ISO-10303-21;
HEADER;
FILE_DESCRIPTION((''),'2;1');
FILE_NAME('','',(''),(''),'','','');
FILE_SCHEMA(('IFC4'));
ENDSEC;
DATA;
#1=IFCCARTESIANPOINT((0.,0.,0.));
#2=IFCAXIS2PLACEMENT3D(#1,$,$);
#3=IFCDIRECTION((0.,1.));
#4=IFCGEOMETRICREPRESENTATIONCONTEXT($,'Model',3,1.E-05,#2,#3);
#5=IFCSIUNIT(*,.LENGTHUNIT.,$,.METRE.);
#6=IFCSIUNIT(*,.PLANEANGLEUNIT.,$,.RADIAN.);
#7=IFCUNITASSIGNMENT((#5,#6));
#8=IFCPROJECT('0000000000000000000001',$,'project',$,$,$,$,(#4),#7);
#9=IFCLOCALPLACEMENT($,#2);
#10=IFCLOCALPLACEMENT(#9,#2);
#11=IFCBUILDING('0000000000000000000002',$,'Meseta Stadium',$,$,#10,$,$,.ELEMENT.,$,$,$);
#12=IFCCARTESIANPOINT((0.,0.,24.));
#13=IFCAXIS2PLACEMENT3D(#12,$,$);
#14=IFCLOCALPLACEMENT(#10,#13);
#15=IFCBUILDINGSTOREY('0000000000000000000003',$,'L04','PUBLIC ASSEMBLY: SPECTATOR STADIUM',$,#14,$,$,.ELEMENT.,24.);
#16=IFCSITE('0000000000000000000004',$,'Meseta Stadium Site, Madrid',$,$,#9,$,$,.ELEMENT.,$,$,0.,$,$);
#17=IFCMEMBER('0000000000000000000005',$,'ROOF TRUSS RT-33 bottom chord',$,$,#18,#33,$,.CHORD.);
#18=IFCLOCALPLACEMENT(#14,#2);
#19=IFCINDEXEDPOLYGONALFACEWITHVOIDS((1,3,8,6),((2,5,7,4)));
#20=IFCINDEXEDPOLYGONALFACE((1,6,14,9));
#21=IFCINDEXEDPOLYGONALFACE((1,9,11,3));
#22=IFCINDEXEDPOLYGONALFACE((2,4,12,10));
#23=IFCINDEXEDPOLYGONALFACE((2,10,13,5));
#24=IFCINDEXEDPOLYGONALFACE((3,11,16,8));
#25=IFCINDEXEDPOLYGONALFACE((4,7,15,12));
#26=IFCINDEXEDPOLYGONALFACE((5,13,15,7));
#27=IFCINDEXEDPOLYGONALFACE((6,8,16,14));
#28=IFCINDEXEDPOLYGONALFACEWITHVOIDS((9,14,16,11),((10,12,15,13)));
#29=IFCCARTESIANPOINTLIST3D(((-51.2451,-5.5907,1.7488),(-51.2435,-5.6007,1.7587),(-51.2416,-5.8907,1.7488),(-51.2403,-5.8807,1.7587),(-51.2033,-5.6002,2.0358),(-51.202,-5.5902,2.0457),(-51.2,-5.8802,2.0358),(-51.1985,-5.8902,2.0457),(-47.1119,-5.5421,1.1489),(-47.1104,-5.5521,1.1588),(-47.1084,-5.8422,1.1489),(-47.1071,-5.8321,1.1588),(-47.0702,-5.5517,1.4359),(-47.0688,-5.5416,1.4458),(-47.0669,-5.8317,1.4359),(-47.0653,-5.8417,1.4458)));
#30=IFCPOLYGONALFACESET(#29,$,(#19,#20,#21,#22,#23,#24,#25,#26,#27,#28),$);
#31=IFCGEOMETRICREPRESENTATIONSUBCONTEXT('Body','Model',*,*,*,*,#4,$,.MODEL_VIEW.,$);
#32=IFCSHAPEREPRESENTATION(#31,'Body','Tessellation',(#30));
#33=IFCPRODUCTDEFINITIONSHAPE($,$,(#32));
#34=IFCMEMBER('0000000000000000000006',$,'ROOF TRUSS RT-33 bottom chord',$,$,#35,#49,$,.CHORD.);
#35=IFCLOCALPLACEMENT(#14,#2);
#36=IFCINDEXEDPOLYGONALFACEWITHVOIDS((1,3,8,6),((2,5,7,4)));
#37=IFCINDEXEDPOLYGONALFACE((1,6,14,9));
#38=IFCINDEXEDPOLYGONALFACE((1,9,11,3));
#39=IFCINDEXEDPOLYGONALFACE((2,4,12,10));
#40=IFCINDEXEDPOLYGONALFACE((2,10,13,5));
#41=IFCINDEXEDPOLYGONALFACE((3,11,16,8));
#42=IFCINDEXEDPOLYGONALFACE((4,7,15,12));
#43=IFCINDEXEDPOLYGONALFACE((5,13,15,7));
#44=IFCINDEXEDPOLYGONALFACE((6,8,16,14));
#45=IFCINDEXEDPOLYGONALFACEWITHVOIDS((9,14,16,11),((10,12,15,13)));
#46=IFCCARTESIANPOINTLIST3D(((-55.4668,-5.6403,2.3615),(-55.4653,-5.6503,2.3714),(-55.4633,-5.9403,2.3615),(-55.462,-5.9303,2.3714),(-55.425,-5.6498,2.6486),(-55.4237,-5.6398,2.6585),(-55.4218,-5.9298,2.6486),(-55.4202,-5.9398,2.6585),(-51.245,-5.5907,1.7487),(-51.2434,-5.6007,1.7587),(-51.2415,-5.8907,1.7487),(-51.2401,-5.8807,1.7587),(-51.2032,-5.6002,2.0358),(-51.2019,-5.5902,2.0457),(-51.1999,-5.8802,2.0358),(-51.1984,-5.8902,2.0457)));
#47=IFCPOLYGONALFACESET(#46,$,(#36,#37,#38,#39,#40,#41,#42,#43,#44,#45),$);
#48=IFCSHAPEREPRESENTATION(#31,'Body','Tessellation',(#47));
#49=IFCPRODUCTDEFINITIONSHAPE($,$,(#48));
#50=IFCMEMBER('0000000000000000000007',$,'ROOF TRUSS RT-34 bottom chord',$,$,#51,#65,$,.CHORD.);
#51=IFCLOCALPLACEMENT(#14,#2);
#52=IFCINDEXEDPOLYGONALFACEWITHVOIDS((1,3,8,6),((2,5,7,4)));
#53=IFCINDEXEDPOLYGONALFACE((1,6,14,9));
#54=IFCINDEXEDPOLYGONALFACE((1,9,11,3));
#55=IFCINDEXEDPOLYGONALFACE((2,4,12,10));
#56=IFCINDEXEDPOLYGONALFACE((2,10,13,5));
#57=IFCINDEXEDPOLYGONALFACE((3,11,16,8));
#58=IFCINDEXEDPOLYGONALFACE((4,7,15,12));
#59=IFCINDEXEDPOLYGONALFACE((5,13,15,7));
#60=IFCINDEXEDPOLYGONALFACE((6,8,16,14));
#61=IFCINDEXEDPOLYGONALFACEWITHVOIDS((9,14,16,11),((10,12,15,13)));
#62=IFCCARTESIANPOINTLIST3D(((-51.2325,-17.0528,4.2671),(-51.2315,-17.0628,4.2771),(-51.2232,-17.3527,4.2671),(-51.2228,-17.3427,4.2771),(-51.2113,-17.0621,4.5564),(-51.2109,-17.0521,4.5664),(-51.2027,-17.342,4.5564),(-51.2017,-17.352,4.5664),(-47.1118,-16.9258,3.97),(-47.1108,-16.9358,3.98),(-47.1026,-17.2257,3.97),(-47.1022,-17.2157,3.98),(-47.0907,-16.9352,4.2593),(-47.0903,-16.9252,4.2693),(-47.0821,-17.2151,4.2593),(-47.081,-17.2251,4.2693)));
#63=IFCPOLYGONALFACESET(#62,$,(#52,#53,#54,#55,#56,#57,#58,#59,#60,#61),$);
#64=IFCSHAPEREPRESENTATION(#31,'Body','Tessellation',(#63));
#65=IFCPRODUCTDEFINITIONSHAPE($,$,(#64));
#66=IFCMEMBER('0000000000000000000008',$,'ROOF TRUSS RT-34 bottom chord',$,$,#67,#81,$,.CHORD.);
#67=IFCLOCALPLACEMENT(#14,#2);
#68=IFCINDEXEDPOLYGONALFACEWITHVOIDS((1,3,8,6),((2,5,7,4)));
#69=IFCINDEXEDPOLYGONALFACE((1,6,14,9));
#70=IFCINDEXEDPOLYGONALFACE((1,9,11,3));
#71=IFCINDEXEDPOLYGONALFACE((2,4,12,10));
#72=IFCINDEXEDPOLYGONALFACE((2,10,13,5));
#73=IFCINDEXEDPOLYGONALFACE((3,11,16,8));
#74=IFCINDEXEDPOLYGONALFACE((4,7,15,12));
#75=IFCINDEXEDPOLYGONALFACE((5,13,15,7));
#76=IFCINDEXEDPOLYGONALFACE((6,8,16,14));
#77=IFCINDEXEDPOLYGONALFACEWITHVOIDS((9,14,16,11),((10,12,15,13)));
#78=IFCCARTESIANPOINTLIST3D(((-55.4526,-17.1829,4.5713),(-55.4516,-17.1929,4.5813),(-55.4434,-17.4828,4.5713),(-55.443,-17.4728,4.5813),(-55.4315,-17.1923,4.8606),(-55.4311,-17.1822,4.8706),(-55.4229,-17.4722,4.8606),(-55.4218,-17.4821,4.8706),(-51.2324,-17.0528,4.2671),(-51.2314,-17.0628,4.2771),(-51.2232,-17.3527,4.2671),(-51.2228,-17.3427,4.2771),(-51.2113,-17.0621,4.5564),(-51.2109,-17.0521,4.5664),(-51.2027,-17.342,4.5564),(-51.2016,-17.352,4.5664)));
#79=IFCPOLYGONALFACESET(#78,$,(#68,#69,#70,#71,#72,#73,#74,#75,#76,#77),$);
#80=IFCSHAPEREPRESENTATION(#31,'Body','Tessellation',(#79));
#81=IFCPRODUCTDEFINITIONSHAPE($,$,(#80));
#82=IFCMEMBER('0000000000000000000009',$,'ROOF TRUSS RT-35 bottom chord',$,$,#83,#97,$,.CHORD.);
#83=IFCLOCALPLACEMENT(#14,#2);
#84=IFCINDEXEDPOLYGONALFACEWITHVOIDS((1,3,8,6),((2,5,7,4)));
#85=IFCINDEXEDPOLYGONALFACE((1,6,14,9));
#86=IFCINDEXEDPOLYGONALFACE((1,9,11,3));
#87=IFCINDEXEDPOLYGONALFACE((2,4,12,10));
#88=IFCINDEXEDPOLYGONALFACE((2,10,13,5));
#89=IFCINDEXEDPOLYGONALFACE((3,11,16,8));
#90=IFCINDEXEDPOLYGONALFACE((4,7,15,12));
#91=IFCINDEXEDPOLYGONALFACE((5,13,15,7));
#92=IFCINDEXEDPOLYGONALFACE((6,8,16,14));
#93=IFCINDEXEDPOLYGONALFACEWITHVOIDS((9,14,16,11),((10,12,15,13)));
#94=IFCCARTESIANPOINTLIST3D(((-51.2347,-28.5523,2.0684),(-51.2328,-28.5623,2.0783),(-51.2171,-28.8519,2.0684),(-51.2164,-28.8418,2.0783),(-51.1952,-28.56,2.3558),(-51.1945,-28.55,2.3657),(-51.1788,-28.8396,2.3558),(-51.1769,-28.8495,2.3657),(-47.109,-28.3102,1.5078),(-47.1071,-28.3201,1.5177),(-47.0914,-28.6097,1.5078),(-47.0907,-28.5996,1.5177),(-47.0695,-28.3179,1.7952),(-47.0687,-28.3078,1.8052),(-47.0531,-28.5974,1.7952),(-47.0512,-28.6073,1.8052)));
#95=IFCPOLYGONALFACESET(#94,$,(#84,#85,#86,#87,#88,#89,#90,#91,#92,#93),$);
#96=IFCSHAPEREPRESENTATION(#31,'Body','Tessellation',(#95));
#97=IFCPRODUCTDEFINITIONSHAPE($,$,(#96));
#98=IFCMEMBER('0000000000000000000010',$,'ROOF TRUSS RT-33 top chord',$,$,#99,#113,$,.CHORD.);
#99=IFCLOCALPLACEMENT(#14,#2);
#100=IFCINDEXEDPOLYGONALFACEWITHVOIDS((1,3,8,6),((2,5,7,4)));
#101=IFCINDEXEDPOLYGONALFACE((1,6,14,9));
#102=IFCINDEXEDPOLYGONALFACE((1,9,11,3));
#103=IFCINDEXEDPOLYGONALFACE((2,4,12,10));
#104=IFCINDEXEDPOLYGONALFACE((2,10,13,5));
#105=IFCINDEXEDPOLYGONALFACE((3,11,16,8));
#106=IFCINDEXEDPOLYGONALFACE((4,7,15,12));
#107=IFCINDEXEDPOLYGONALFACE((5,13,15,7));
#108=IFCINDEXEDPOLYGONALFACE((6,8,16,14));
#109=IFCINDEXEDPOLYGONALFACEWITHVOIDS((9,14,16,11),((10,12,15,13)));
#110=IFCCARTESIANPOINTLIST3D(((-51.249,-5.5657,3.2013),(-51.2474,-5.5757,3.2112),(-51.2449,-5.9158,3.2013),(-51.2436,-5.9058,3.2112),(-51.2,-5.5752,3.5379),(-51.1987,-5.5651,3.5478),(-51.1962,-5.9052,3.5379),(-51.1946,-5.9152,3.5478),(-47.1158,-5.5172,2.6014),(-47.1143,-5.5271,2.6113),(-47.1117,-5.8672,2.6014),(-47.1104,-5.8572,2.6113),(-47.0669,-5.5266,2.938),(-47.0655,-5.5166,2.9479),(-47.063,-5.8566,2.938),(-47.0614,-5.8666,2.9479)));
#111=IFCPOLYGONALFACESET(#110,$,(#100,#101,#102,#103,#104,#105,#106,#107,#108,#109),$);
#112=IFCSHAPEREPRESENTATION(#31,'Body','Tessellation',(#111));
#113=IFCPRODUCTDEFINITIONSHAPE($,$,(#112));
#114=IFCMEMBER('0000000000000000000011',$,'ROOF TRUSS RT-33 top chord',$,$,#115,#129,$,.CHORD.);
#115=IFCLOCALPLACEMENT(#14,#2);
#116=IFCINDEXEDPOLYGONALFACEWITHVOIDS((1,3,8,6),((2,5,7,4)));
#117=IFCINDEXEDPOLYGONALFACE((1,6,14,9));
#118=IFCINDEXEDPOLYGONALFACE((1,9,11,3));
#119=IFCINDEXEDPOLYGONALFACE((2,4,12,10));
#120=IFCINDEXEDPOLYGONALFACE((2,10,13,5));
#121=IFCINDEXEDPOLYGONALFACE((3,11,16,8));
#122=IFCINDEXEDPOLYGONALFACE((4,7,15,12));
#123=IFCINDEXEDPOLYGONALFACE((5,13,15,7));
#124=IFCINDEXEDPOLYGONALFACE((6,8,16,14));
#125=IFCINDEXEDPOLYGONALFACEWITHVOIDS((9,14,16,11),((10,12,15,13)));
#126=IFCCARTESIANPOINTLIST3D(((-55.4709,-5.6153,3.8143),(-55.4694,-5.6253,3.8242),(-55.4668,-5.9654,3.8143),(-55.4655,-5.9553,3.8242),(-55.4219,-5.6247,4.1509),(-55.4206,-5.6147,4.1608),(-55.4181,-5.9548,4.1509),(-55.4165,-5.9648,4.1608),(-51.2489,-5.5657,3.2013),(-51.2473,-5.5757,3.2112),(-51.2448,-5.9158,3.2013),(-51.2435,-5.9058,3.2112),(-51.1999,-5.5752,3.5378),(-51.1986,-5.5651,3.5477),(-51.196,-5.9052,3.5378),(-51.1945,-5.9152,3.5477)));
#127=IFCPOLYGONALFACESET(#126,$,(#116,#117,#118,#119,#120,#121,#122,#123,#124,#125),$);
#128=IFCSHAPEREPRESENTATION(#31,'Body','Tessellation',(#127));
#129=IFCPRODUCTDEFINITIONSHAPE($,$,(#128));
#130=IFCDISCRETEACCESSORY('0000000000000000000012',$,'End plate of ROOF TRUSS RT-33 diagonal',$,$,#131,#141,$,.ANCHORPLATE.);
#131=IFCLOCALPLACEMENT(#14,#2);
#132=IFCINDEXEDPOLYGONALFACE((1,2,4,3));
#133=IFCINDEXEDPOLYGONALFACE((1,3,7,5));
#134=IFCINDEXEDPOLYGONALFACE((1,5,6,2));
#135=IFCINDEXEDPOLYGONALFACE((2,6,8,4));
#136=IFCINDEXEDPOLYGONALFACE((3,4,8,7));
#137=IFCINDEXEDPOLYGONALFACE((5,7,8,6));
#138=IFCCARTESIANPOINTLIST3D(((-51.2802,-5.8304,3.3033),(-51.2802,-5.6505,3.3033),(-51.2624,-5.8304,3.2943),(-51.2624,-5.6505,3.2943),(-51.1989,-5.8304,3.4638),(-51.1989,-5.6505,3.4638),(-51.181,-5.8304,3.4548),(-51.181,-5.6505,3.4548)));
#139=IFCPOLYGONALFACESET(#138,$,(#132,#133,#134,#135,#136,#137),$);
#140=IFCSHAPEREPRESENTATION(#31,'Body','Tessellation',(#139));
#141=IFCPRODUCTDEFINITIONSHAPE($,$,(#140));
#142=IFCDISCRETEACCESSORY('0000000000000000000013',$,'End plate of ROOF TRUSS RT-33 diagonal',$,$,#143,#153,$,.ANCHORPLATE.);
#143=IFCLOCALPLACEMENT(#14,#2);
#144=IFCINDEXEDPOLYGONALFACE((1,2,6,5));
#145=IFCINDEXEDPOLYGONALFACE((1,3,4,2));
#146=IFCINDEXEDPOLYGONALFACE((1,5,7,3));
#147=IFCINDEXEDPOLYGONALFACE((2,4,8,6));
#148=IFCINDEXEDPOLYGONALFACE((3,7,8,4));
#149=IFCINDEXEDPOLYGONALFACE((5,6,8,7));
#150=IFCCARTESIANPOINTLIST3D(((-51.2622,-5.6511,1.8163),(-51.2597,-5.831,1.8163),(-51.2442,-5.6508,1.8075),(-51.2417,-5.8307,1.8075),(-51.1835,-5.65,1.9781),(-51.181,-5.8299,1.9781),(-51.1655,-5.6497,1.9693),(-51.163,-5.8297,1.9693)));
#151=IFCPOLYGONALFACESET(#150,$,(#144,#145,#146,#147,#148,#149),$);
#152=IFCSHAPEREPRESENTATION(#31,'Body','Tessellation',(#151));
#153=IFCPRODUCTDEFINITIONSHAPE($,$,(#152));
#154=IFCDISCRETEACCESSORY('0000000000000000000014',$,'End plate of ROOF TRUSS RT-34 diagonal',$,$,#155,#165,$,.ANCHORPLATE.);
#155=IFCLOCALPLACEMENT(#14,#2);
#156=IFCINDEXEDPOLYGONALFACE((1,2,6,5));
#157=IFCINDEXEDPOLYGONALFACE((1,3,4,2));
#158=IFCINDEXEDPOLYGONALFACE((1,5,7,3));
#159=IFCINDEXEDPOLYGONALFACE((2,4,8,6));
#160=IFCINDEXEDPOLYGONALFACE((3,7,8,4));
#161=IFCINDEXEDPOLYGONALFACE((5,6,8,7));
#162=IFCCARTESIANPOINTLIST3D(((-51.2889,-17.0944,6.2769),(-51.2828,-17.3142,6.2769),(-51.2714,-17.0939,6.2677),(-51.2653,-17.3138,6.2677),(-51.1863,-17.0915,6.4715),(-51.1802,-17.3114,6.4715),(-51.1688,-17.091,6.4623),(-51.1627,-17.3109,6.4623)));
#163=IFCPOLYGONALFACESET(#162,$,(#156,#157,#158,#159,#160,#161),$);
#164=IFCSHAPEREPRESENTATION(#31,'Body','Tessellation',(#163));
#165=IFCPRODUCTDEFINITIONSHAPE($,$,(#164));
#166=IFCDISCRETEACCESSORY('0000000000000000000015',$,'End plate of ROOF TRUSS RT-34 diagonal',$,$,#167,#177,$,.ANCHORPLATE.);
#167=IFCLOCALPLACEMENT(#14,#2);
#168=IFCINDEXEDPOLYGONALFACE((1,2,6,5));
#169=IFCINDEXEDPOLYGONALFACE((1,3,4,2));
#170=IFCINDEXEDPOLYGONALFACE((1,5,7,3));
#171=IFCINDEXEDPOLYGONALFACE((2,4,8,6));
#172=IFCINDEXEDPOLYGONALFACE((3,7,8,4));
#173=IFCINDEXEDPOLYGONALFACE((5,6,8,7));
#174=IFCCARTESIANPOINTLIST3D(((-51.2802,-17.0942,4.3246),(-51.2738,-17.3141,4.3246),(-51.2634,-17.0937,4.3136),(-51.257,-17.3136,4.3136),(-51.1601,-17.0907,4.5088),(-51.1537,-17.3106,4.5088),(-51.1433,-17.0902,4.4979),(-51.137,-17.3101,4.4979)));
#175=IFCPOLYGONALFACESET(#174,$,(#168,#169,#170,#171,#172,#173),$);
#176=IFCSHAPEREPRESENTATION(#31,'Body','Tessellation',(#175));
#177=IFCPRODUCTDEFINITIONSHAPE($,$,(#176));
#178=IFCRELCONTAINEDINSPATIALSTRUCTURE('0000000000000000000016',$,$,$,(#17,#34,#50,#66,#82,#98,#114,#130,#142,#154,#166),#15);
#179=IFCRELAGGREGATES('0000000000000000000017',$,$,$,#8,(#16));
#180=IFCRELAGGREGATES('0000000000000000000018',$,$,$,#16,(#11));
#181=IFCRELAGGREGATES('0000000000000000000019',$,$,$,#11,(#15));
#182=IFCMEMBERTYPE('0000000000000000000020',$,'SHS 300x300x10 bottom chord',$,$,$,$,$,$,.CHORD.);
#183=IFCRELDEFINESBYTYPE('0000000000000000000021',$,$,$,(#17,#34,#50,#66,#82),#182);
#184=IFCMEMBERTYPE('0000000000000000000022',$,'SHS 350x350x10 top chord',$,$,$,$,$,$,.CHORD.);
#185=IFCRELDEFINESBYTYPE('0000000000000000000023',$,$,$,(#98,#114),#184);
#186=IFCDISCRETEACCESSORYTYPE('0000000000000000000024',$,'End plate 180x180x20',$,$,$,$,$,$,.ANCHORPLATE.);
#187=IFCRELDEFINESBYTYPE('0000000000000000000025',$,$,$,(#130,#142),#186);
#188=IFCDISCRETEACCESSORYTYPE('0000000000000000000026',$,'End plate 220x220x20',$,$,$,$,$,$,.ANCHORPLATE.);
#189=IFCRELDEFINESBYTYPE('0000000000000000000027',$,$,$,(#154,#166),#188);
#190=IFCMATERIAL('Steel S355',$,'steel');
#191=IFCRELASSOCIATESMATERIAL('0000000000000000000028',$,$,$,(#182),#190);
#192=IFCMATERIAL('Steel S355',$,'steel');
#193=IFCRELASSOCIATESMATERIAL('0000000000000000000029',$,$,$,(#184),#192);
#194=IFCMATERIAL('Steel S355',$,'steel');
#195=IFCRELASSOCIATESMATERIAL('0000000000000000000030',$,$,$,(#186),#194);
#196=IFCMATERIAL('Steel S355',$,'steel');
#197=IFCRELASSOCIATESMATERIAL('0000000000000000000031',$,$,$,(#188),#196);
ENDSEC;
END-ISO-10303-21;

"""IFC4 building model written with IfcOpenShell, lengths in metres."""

from ifc_helpers import new_model, si_unit, direction, frame, origin, origin_2d, place, context, subcontext, project, spatial, rectangle, hollow_rectangle, extrude, material, material_profile, profile_set, type_object, element, save


model = new_model("IFC4")

# Units and contexts
model_context = context("Model", 3, precision=1e-05, world=origin(), true_north=direction((0.0, 1.0)))
body_context = subcontext(model_context, "Body", "Model", "MODEL_VIEW")
ifc_project = project(units=[si_unit("LENGTHUNIT", "METRE"), si_unit("PLANEANGLEUNIT", "RADIAN")], contexts=[model_context])

# Site, building, storey
site_placement = place(None, origin())
site = spatial("IfcSite", under=ifc_project, at=site_placement, Name="Meseta Stadium Site, Madrid", CompositionType="ELEMENT", RefElevation=0.0)
building_placement = place(site_placement, origin())
building = spatial("IfcBuilding", under=site, at=building_placement, Name="Meseta Stadium", CompositionType="ELEMENT")
storey_placement = place(building_placement, frame((0.0, 0.0, 24.0)))
storey = spatial("IfcBuildingStorey", under=building, at=storey_placement, Name="L04", Description="PUBLIC ASSEMBLY: SPECTATOR STADIUM", CompositionType="ELEMENT", Elevation=24.0)

# Members
ifc_material_1 = material(Name="Steel S355", Category="steel")
ifc_material_profile_1 = material_profile(ifc_material_1, hollow_rectangle(XDim=0.3, YDim=0.3, WallThickness=0.01, at=origin_2d()), Name="SHS 300x300x10")
ifc_profile_set_1 = profile_set([ifc_material_profile_1], Name="Steel S355")
member_type_1 = type_object("IfcMemberType", Name="SHS 300x300x10 bottom chord", PredefinedType="CHORD", material=ifc_profile_set_1)
member_1_placement = place(storey_placement, frame((-47.0886, -5.6919, 1.2974), z_axis=(-0.989564, -0.011632, 0.143621), x_axis=(0.011754, -0.999931, 0.0)))
element("IfcMember", 1, at=member_1_placement, inside=storey, type_object=member_type_1, Name="ROOF TRUSS RT-33 bottom chord", PredefinedType="CHORD", context=body_context, shape_type="SweptSolid", body=[
    extrude(hollow_rectangle(XDim=0.3, YDim=0.3, WallThickness=0.01, at=origin_2d()), origin(), (0.0, 0.0, 1.0), 4.1768),
])
member_2_placement = place(storey_placement, frame((-51.2217, -5.7405, 1.8972), z_axis=(-0.989563, -0.011616, 0.143631), x_axis=(0.011738, -0.999931, 0.0)))
element("IfcMember", 2, at=member_2_placement, inside=storey, type_object=member_type_1, Name="ROOF TRUSS RT-33 bottom chord", PredefinedType="CHORD", context=body_context, shape_type="SweptSolid", body=[
    extrude(hollow_rectangle(XDim=0.3, YDim=0.3, WallThickness=0.01, at=origin_2d()), origin(), (0.0, 0.0, 1.0), 4.2664),
])
member_3_placement = place(storey_placement, frame((-47.0964, -17.0754, 4.1196), z_axis=(-0.99694, -0.030715, 0.071885), x_axis=(0.030795, -0.999526, 0.0)))
element("IfcMember", 3, at=member_3_placement, inside=storey, type_object=member_type_1, Name="ROOF TRUSS RT-34 bottom chord", PredefinedType="CHORD", context=body_context, shape_type="SweptSolid", body=[
    extrude(hollow_rectangle(XDim=0.3, YDim=0.3, WallThickness=0.01, at=origin_2d()), origin(), (0.0, 0.0, 1.0), 4.1333),
])
member_4_placement = place(storey_placement, frame((-51.217, -17.2024, 4.4167), z_axis=(-0.996941, -0.03074, 0.071861), x_axis=(0.03082, -0.999525, 0.0)))
element("IfcMember", 4, at=member_4_placement, inside=storey, type_object=member_type_1, Name="ROOF TRUSS RT-34 bottom chord", PredefinedType="CHORD", context=body_context, shape_type="SweptSolid", body=[
    extrude(hollow_rectangle(XDim=0.3, YDim=0.3, WallThickness=0.01, at=origin_2d()), origin(), (0.0, 0.0, 1.0), 4.2332),
])
member_5_placement = place(storey_placement, frame((-47.0801, -28.4587, 1.6565), z_axis=(-0.989224, -0.058069, 0.134402), x_axis=(0.058601, -0.998281, 0.0)))
element("IfcMember", 5, at=member_5_placement, inside=storey, type_object=member_type_1, Name="ROOF TRUSS RT-35 bottom chord", PredefinedType="CHORD", context=body_context, shape_type="SweptSolid", body=[
    extrude(hollow_rectangle(XDim=0.3, YDim=0.3, WallThickness=0.01, at=origin_2d()), origin(), (0.0, 0.0, 1.0), 4.1707),
])
ifc_material_2 = material(Name="Steel S355", Category="steel")
ifc_material_profile_2 = material_profile(ifc_material_2, hollow_rectangle(XDim=0.3501, YDim=0.3501, WallThickness=0.01, at=origin_2d()), Name="SHS 350x350x10")
ifc_profile_set_2 = profile_set([ifc_material_profile_2], Name="Steel S355")
member_type_2 = type_object("IfcMemberType", Name="SHS 350x350x10 top chord", PredefinedType="CHORD", material=ifc_profile_set_2)
member_6_placement = place(storey_placement, frame((-47.0886, -5.6919, 2.7747), z_axis=(-0.989564, -0.011632, 0.143621), x_axis=(0.011754, -0.999931, 0.0)))
element("IfcMember", 6, at=member_6_placement, inside=storey, type_object=member_type_2, Name="ROOF TRUSS RT-33 top chord", PredefinedType="CHORD", context=body_context, shape_type="SweptSolid", body=[
    extrude(hollow_rectangle(XDim=0.3501, YDim=0.3501, WallThickness=0.01, at=origin_2d()), origin(), (0.0, 0.0, 1.0), 4.1768),
])
member_7_placement = place(storey_placement, frame((-51.2217, -5.7405, 3.3745), z_axis=(-0.989555, -0.011616, 0.143687), x_axis=(0.011738, -0.999931, 0.0)))
element("IfcMember", 7, at=member_7_placement, inside=storey, type_object=member_type_2, Name="ROOF TRUSS RT-33 top chord", PredefinedType="CHORD", context=body_context, shape_type="SweptSolid", body=[
    extrude(hollow_rectangle(XDim=0.3501, YDim=0.3501, WallThickness=0.01, at=origin_2d()), origin(), (0.0, 0.0, 1.0), 4.2666),
])

# Discrete accessories
ifc_material_3 = material(Name="Steel S355", Category="steel")
ifc_material_profile_3 = material_profile(ifc_material_3, rectangle(XDim=0.1799, YDim=0.1799, at=origin_2d()), Name="PL 180x180")
ifc_profile_set_3 = profile_set([ifc_material_profile_3], Name="Steel S355")
discrete_accessory_type_1 = type_object("IfcDiscreteAccessoryType", Name="End plate 180x180x20", PredefinedType="ANCHORPLATE", material=ifc_profile_set_3)
for number, where, z_axis, x_axis, name in (
    (8, (-51.2217, -5.7405, 3.3745), (-0.89197, 0.0, 0.452094), (0.0, -1.0, 0.0), "End plate of ROOF TRUSS RT-33 diagonal"),
    (9, (-51.2036, -5.7402, 1.8884), (-0.899169, -0.012151, 0.437433), (0.013512, -0.999909, 0.0), "End plate of ROOF TRUSS RT-33 diagonal"),
):
    element("IfcDiscreteAccessory", number, at=place(storey_placement, frame(where, z_axis=z_axis, x_axis=x_axis)), inside=storey, type_object=discrete_accessory_type_1, Name=name, PredefinedType="ANCHORPLATE", context=body_context, shape_type="SweptSolid", body=[
        extrude(rectangle(XDim=0.1799, YDim=0.1799, at=origin_2d()), origin(), (0.0, 0.0, 1.0), 0.02),
    ])
ifc_material_4 = material(Name="Steel S355", Category="steel")
ifc_material_profile_4 = material_profile(ifc_material_4, rectangle(XDim=0.22, YDim=0.22, at=origin_2d()), Name="PL 220x220")
ifc_profile_set_4 = profile_set([ifc_material_profile_4], Name="Steel S355")
discrete_accessory_type_2 = type_object("IfcDiscreteAccessoryType", Name="End plate 220x220x20", PredefinedType="ANCHORPLATE", material=ifc_profile_set_4)
discrete_accessory_1_placement = place(storey_placement, frame((-51.217, -17.2024, 6.365), z_axis=(-0.884118, -0.024559, 0.466618), x_axis=(0.027767, -0.999614, 0.0)))
element("IfcDiscreteAccessory", 10, at=discrete_accessory_1_placement, inside=storey, type_object=discrete_accessory_type_2, Name="End plate of ROOF TRUSS RT-34 diagonal", PredefinedType="ANCHORPLATE", context=body_context, shape_type="SweptSolid", body=[
    extrude(rectangle(XDim=0.22, YDim=0.22, at=origin_2d()), origin(), (0.0, 0.0, 1.0), 0.0198),
])
discrete_accessory_2_placement = place(storey_placement, frame((-51.2002, -17.2019, 4.4058), z_axis=(-0.837364, -0.024271, 0.546107), x_axis=(0.028973, -0.99958, 0.0)))
element("IfcDiscreteAccessory", 11, at=discrete_accessory_2_placement, inside=storey, type_object=discrete_accessory_type_2, Name="End plate of ROOF TRUSS RT-34 diagonal", PredefinedType="ANCHORPLATE", context=body_context, shape_type="SweptSolid", body=[
    extrude(rectangle(XDim=0.22, YDim=0.22, at=origin_2d()), origin(), (0.0, 0.0, 1.0), 0.02),
])

save(model, "model.ifc")
